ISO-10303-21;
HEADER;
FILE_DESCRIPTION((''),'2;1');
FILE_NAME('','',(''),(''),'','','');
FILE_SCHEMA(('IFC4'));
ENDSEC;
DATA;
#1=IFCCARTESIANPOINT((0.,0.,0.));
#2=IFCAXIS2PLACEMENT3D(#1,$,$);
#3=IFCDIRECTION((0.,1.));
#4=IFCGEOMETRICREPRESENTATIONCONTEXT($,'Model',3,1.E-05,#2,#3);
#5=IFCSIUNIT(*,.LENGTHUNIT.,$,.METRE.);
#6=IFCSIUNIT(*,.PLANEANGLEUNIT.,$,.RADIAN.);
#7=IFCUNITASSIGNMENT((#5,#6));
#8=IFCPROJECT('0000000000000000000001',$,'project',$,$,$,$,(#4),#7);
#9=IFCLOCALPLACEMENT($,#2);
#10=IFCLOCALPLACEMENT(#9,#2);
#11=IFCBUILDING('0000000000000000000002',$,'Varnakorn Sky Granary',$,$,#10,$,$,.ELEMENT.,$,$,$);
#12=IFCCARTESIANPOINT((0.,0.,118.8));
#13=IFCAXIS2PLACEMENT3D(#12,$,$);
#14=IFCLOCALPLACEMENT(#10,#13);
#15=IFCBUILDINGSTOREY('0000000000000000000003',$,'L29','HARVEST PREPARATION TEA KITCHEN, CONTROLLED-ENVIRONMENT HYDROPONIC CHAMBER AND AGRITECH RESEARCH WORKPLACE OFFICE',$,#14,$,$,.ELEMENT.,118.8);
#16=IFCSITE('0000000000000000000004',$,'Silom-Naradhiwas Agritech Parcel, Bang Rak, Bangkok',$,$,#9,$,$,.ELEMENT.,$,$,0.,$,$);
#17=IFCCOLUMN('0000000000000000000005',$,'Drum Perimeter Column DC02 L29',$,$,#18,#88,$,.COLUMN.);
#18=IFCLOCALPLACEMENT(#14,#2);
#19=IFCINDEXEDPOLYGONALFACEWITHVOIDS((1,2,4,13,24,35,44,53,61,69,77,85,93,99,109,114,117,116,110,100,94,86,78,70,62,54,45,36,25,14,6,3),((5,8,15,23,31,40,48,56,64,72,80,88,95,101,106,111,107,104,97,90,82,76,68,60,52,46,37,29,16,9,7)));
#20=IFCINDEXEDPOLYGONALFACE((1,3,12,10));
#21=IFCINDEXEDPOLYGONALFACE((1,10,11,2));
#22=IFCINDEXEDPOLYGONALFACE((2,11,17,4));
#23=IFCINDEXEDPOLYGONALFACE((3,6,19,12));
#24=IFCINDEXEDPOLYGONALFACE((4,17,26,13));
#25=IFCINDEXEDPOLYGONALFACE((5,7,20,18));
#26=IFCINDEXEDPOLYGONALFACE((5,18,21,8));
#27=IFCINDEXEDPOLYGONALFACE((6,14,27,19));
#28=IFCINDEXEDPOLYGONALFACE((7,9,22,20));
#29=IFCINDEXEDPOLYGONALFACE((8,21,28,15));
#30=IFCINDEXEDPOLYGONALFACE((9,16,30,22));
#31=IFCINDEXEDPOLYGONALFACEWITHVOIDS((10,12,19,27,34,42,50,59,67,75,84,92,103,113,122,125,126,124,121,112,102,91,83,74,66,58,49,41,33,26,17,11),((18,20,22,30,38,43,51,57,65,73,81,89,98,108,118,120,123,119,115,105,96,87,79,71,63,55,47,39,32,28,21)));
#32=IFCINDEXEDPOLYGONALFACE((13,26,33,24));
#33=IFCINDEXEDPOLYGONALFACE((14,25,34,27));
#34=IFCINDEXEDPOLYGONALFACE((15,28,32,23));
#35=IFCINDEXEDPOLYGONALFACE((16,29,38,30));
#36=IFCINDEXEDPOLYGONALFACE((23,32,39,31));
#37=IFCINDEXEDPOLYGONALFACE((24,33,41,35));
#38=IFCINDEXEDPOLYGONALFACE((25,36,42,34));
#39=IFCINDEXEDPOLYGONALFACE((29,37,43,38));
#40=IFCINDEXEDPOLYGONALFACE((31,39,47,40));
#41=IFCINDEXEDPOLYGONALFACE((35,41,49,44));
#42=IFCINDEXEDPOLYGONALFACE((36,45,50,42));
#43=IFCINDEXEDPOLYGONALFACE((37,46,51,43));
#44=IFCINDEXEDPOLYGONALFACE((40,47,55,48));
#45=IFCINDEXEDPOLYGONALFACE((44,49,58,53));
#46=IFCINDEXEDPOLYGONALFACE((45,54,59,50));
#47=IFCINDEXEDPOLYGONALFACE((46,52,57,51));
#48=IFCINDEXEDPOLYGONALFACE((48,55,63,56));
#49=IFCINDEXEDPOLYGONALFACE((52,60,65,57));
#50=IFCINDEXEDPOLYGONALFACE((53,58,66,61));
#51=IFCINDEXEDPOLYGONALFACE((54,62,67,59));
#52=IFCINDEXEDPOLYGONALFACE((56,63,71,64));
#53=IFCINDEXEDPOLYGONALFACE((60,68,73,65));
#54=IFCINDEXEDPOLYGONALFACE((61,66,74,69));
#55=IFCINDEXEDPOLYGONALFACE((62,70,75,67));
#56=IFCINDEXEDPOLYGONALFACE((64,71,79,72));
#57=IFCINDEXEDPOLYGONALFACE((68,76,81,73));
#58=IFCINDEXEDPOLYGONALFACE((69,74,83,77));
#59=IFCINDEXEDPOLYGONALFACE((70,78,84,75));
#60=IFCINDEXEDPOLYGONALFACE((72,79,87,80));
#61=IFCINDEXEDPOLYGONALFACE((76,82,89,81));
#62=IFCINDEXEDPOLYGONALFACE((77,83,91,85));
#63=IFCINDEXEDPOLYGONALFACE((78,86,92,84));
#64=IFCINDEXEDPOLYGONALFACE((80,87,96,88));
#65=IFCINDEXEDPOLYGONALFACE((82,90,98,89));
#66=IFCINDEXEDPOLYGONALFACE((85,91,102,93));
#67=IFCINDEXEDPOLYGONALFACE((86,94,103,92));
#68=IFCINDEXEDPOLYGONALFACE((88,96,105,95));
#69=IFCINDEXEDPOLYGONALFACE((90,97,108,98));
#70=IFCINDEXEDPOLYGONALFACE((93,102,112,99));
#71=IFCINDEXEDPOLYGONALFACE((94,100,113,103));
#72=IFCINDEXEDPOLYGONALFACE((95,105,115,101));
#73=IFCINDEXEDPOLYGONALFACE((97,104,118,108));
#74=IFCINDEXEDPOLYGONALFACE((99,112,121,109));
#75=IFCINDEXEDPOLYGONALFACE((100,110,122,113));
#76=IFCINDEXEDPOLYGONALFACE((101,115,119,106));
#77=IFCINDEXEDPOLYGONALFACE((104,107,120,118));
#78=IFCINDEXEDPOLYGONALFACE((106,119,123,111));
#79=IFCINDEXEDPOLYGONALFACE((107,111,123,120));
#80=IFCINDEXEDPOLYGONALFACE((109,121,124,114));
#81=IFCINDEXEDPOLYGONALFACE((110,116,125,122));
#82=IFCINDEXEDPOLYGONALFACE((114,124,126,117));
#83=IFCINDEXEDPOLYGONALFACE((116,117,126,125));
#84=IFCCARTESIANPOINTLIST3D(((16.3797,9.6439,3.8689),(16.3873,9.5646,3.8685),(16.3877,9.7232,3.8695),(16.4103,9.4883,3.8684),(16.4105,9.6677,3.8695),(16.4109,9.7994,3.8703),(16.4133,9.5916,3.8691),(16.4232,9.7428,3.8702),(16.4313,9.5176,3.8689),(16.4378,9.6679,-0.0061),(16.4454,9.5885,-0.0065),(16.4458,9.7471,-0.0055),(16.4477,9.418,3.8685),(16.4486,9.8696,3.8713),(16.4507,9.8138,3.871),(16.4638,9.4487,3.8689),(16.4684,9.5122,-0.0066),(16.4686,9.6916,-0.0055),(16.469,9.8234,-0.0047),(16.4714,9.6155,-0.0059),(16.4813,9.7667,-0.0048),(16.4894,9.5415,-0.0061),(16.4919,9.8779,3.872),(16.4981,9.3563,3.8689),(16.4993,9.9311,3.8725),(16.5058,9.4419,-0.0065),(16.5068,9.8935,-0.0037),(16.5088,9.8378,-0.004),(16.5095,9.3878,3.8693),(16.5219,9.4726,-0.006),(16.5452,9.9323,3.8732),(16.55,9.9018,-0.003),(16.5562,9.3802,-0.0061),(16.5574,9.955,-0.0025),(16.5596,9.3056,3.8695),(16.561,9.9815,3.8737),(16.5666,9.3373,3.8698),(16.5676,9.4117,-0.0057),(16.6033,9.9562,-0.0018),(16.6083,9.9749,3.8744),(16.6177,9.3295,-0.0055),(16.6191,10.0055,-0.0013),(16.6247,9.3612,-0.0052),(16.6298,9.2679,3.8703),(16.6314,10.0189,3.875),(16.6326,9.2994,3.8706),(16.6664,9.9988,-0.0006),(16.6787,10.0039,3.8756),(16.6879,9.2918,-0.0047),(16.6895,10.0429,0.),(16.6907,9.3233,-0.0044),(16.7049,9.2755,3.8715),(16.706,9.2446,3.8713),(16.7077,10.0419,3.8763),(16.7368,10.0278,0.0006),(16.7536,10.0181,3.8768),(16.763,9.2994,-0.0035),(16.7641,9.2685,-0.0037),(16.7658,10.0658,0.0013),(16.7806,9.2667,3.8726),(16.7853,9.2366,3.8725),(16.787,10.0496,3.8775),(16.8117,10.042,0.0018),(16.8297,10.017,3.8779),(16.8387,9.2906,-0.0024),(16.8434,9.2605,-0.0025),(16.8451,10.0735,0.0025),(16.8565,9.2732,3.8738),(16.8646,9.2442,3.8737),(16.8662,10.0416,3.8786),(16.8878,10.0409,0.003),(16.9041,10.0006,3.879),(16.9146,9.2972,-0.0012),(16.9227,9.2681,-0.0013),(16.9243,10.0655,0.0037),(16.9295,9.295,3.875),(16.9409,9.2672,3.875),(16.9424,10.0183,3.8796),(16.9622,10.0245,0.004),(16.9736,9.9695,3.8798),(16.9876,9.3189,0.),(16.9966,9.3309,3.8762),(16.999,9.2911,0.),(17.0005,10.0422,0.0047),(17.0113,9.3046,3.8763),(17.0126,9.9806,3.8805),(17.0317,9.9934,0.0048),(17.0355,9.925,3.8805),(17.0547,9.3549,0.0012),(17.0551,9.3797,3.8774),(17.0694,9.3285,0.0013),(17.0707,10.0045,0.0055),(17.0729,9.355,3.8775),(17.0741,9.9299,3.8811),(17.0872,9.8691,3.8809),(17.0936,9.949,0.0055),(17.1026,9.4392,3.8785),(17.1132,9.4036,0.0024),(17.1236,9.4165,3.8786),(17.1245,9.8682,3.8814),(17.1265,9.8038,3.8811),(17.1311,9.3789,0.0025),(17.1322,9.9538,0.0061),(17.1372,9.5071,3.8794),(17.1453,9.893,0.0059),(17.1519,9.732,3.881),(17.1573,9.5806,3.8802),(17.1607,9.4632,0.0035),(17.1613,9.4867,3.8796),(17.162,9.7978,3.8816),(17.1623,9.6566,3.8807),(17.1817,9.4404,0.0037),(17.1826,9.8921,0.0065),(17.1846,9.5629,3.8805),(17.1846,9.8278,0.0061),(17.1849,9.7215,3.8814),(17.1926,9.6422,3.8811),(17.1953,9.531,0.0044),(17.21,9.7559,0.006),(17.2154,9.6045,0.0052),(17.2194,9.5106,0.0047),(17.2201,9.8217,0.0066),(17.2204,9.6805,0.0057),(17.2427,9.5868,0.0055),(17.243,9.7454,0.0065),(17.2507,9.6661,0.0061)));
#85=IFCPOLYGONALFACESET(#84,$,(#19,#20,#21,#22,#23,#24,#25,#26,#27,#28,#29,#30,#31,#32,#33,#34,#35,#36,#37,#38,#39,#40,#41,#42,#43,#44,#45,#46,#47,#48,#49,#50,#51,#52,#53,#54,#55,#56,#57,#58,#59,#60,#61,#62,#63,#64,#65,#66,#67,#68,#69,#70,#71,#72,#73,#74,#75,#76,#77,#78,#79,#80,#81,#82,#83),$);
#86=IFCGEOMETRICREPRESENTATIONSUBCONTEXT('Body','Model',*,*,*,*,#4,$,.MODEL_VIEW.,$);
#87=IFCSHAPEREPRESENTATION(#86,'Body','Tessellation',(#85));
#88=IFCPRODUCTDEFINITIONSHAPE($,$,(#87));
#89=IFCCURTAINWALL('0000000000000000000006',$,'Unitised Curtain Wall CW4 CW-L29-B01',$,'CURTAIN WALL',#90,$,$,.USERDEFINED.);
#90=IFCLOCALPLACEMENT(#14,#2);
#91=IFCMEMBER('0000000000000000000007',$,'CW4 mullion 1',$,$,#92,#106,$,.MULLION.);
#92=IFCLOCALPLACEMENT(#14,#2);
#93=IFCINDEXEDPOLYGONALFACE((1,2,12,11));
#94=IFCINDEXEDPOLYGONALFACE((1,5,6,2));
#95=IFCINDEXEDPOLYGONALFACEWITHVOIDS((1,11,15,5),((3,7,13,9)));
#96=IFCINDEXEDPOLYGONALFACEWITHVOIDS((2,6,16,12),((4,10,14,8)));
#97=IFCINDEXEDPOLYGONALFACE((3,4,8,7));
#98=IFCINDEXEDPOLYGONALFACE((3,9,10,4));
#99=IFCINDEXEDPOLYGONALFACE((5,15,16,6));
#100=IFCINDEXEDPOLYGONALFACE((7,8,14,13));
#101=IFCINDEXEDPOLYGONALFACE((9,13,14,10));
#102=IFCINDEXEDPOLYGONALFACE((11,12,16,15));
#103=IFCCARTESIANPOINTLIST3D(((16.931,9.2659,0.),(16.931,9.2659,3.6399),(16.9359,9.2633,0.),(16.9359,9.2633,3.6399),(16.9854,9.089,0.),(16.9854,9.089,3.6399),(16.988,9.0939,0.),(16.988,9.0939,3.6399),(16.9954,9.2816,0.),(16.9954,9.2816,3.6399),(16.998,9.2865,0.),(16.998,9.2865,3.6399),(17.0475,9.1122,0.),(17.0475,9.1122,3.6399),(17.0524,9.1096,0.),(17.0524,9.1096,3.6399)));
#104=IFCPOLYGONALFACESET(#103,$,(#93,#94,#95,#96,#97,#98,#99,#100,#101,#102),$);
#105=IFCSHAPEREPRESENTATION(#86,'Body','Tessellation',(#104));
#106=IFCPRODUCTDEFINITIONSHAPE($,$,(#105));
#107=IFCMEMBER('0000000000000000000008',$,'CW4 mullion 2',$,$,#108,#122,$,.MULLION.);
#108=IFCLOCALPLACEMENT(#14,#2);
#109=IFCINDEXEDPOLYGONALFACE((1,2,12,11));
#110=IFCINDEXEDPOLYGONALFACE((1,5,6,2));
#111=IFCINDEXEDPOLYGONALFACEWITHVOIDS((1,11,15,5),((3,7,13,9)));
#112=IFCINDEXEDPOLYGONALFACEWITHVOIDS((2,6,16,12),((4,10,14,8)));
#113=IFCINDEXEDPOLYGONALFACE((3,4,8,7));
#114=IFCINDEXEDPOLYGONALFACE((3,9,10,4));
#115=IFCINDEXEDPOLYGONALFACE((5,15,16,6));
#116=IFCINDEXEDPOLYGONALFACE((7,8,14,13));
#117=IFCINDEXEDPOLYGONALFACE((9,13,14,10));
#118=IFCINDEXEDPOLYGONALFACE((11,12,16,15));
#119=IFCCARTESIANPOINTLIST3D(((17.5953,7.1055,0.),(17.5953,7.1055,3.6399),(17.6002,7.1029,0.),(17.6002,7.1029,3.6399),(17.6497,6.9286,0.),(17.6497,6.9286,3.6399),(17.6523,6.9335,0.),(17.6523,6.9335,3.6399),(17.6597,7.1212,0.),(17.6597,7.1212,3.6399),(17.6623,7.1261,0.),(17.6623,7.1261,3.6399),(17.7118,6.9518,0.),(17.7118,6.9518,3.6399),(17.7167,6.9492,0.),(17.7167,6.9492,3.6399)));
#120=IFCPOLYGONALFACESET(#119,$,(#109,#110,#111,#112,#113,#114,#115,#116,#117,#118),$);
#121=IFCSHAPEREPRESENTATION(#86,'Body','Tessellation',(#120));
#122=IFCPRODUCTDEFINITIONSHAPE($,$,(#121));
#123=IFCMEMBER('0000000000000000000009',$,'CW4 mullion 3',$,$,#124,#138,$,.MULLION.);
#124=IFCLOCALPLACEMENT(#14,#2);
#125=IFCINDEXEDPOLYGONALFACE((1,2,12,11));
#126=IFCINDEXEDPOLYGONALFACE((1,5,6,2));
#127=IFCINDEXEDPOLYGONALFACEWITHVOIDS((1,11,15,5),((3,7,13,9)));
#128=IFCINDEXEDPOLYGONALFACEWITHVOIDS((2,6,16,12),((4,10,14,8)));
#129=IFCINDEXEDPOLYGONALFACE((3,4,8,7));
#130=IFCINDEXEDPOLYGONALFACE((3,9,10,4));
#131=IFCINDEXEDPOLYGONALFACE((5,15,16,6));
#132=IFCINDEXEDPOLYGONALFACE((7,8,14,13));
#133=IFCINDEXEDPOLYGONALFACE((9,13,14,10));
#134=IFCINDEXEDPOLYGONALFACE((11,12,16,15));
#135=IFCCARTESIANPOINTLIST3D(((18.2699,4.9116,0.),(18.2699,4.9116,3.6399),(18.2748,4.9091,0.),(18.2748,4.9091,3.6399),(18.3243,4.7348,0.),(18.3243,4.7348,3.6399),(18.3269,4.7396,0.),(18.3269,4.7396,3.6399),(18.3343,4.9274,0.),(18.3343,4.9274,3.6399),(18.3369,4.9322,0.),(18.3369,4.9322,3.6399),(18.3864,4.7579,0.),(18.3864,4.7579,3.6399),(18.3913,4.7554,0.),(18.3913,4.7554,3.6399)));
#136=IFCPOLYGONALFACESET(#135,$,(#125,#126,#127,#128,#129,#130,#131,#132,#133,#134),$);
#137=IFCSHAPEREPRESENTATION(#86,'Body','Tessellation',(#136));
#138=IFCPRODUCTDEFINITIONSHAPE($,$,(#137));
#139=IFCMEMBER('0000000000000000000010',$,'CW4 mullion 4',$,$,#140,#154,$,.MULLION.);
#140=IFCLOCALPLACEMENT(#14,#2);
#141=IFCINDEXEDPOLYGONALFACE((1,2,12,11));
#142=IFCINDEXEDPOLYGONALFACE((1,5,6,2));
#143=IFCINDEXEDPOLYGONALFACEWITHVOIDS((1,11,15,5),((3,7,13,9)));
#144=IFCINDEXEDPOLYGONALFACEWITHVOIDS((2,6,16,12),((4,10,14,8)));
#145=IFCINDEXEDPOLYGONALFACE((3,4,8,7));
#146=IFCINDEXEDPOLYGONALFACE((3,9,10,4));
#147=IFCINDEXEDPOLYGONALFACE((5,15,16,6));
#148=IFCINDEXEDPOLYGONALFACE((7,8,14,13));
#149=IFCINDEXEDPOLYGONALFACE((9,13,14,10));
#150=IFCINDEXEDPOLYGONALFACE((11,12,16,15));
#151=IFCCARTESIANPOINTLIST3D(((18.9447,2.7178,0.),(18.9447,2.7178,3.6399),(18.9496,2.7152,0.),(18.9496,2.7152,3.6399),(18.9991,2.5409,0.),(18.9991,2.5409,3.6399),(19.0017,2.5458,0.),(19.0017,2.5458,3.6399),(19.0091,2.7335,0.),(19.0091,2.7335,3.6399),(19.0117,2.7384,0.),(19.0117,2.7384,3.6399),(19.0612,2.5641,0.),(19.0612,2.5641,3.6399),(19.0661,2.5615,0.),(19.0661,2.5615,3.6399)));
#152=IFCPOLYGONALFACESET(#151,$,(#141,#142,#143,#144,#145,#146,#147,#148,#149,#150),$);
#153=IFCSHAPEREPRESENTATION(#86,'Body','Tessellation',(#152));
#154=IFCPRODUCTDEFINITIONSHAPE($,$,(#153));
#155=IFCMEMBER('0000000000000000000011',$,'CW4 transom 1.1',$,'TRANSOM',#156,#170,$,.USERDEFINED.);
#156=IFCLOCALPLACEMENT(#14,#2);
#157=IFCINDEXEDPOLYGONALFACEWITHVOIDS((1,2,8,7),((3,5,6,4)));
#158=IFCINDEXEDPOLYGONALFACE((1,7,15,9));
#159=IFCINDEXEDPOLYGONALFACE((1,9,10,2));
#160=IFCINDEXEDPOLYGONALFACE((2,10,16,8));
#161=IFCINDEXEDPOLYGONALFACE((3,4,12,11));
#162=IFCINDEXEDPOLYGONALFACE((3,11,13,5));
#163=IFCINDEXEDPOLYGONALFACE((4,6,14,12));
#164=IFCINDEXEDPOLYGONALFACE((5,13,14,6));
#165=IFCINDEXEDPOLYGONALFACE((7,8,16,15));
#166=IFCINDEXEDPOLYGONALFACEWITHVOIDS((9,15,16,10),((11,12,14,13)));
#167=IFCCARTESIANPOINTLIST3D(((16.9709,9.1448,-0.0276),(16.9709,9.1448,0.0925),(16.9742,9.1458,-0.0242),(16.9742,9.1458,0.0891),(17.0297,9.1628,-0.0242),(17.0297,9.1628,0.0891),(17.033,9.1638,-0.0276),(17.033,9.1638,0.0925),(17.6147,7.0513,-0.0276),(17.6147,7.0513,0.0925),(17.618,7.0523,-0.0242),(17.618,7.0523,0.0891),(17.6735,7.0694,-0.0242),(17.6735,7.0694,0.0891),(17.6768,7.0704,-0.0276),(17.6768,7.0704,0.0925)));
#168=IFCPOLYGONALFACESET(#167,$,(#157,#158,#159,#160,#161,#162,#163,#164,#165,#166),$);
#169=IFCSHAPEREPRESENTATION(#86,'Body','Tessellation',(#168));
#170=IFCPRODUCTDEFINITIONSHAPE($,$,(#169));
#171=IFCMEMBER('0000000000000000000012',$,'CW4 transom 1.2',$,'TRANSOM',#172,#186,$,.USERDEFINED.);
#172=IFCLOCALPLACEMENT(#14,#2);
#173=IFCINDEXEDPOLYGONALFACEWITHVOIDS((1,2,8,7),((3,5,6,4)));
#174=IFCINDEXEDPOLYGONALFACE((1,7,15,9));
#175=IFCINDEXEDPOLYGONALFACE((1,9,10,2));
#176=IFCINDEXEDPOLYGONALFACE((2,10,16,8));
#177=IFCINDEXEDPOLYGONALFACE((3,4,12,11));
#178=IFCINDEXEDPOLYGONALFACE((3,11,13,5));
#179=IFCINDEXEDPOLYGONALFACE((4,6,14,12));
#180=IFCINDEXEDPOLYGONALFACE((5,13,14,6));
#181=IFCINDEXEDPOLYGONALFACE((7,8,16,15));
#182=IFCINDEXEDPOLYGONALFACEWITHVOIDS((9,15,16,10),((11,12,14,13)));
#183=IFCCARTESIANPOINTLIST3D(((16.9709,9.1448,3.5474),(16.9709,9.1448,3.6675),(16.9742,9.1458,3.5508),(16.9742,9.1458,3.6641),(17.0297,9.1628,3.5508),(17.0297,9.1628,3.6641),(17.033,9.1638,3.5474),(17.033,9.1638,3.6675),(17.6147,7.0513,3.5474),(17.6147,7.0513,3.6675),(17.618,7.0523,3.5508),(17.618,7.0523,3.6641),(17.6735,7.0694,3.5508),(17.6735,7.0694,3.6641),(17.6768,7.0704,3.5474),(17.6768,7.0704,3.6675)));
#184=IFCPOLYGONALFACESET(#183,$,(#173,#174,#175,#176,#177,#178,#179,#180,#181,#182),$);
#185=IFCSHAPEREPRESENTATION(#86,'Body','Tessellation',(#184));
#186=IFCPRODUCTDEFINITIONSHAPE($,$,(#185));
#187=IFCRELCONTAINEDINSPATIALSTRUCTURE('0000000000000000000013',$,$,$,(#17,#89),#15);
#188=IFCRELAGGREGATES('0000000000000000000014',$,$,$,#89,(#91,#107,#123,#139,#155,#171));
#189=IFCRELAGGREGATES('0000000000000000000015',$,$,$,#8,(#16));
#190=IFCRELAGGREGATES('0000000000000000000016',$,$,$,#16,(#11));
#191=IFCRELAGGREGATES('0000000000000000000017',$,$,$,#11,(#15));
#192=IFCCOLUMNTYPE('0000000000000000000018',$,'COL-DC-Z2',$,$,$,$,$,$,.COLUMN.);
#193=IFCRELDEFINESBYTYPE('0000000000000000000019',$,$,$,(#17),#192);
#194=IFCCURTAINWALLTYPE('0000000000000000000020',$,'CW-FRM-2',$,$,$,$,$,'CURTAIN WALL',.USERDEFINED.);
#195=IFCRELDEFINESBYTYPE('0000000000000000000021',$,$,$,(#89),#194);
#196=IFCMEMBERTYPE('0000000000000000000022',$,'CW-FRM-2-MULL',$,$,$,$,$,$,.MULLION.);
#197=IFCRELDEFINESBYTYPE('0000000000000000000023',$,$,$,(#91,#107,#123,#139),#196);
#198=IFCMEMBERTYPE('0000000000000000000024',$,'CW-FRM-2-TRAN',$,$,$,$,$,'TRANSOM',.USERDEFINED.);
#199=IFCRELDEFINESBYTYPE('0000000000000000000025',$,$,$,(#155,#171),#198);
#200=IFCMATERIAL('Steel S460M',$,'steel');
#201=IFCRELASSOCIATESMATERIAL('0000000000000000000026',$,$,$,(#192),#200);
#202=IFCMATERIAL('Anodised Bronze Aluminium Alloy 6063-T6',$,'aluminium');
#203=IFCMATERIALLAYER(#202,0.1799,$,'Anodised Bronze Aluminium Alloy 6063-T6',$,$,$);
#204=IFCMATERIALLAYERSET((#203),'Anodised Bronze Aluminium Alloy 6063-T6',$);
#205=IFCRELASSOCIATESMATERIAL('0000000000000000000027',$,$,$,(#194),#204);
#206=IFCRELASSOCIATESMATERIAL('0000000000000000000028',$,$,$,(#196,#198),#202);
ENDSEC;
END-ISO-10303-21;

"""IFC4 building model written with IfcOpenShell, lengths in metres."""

from ifc_helpers import new_model, si_unit, direction, frame, origin, origin_2d, place, context, subcontext, project, spatial, hollow_rectangle, hollow_circle, extrude, material, layer, layer_set, material_profile, profile_set, type_object, element, aggregate, save


model = new_model("IFC4")

# Units and contexts
model_context = context("Model", 3, precision=1e-05, world=origin(), true_north=direction((0.0, 1.0)))
body_context = subcontext(model_context, "Body", "Model", "MODEL_VIEW")
ifc_project = project(units=[si_unit("LENGTHUNIT", "METRE"), si_unit("PLANEANGLEUNIT", "RADIAN")], contexts=[model_context])

# Site, building, storey
site_placement = place(None, origin())
site = spatial("IfcSite", under=ifc_project, at=site_placement, Name="Silom-Naradhiwas Agritech Parcel, Bang Rak, Bangkok", CompositionType="ELEMENT", RefElevation=0.0)
building_placement = place(site_placement, origin())
building = spatial("IfcBuilding", under=site, at=building_placement, Name="Varnakorn Sky Granary", CompositionType="ELEMENT")
storey_placement = place(building_placement, frame((0.0, 0.0, 118.8)))
storey = spatial("IfcBuildingStorey", under=building, at=storey_placement, Name="L29", Description="HARVEST PREPARATION TEA KITCHEN, CONTROLLED-ENVIRONMENT HYDROPONIC CHAMBER AND AGRITECH RESEARCH WORKPLACE OFFICE", CompositionType="ELEMENT", Elevation=118.8)

# Column
ifc_material_1 = material(Name="Steel S460M", Category="steel")
ifc_material_profile_1 = material_profile(ifc_material_1, hollow_circle(Radius=0.4065, WallThickness=0.03, at=origin_2d()), Name="CHS 813x30")
ifc_profile_set_1 = profile_set([ifc_material_profile_1], Name="Steel S460M")
column_type = type_object("IfcColumnType", Name="COL-DC-Z2", PredefinedType="COLUMN", material=ifc_profile_set_1)
column_placement = place(storey_placement, frame((16.8442, 9.667, 0.0), z_axis=(-0.014993, -0.006174, 0.999869), x_axis=(0.38075, -0.924678, 0.0)))
element("IfcColumn", 1, at=column_placement, inside=storey, type_object=column_type, Name="Drum Perimeter Column DC02 L29", PredefinedType="COLUMN", context=body_context, shape_type="SweptSolid", body=[
    extrude(hollow_circle(Radius=0.4065, WallThickness=0.03, at=origin_2d()), origin(), (0.0, 0.0, 1.0), 3.8755),
])

# Curtain wall, members
ifc_material_2 = material(Name="Anodised Bronze Aluminium Alloy 6063-T6", Category="aluminium")
ifc_layer_1 = layer(ifc_material_2, 0.1799, Name="Anodised Bronze Aluminium Alloy 6063-T6")
ifc_layer_set_1 = layer_set([ifc_layer_1], Name="Anodised Bronze Aluminium Alloy 6063-T6")
curtain_wall_type = type_object("IfcCurtainWallType", Name="CW-FRM-2", ElementType="CURTAIN WALL", PredefinedType="USERDEFINED", material=ifc_layer_set_1)
curtain_wall_placement = place(storey_placement, origin())
curtain_wall = element("IfcCurtainWall", 2, at=curtain_wall_placement, inside=storey, type_object=curtain_wall_type, Name="Unitised Curtain Wall CW4 CW-L29-B01", ObjectType="CURTAIN WALL", PredefinedType="USERDEFINED")
ifc_material_profile_2 = material_profile(ifc_material_2, hollow_rectangle(XDim=0.0701, YDim=0.1851, WallThickness=0.0039, at=origin_2d()), Name="ALU MULL 70x185")
ifc_profile_set_2 = profile_set([ifc_material_profile_2], Name="Anodised Bronze Aluminium Alloy 6063-T6")
member_type_1 = type_object("IfcMemberType", Name="CW-FRM-2-MULL", PredefinedType="MULLION", material=ifc_profile_set_2)
member_1_placement = place(storey_placement, frame((16.9917, 9.1877, 0.0), z_axis=(0.0, 0.0, 1.0), x_axis=(0.955824, 0.29394, 0.0)))
member_1 = element("IfcMember", 3, at=member_1_placement, type_object=member_type_1, Name="CW4 mullion 1", PredefinedType="MULLION", context=body_context, shape_type="SweptSolid", body=[
    extrude(hollow_rectangle(XDim=0.0701, YDim=0.1851, WallThickness=0.0039, at=origin_2d()), origin(), (0.0, 0.0, 1.0), 3.6399),
])
member_2_placement = place(storey_placement, frame((17.656, 7.0273, 0.0), z_axis=(0.0, 0.0, 1.0), x_axis=(0.955824, 0.29394, 0.0)))
member_2 = element("IfcMember", 4, at=member_2_placement, type_object=member_type_1, Name="CW4 mullion 2", PredefinedType="MULLION", context=body_context, shape_type="SweptSolid", body=[
    extrude(hollow_rectangle(XDim=0.0701, YDim=0.1851, WallThickness=0.0039, at=origin_2d()), origin(), (0.0, 0.0, 1.0), 3.6399),
])
member_3_placement = place(storey_placement, frame((18.3306, 4.8335, 0.0), z_axis=(0.0, 0.0, 1.0), x_axis=(0.955824, 0.29394, 0.0)))
member_3 = element("IfcMember", 5, at=member_3_placement, type_object=member_type_1, Name="CW4 mullion 3", PredefinedType="MULLION", context=body_context, shape_type="SweptSolid", body=[
    extrude(hollow_rectangle(XDim=0.0701, YDim=0.1851, WallThickness=0.0039, at=origin_2d()), origin(), (0.0, 0.0, 1.0), 3.6399),
])
member_4_placement = place(storey_placement, frame((19.0054, 2.6396, 0.0), z_axis=(0.0, 0.0, 1.0), x_axis=(0.955824, 0.29394, 0.0)))
member_4 = element("IfcMember", 6, at=member_4_placement, type_object=member_type_1, Name="CW4 mullion 4", PredefinedType="MULLION", context=body_context, shape_type="SweptSolid", body=[
    extrude(hollow_rectangle(XDim=0.0701, YDim=0.1851, WallThickness=0.0039, at=origin_2d()), origin(), (0.0, 0.0, 1.0), 3.6399),
])
ifc_material_profile_3 = material_profile(ifc_material_2, hollow_rectangle(XDim=0.0649, YDim=0.1201, WallThickness=0.0034, at=origin_2d()), Name="ALU TRAN 65x120")
ifc_profile_set_3 = profile_set([ifc_material_profile_3], Name="Anodised Bronze Aluminium Alloy 6063-T6")
member_type_2 = type_object("IfcMemberType", Name="CW-FRM-2-TRAN", ElementType="TRANSOM", PredefinedType="USERDEFINED", material=ifc_profile_set_3)
member_5_placement = place(storey_placement, frame((17.002, 9.1543, 0.0325), z_axis=(0.293937, -0.955825, 0.0), x_axis=(0.955825, 0.293937, 0.0)))
member_5 = element("IfcMember", 7, at=member_5_placement, type_object=member_type_2, Name="CW4 transom 1.1", ObjectType="TRANSOM", PredefinedType="USERDEFINED", context=body_context, shape_type="SweptSolid", body=[
    extrude(hollow_rectangle(XDim=0.0649, YDim=0.1201, WallThickness=0.0034, at=origin_2d()), origin(), (0.0, 0.0, 1.0), 2.1902),
])
member_6_placement = place(storey_placement, frame((17.002, 9.1543, 3.6074), z_axis=(0.293937, -0.955825, 0.0), x_axis=(0.955825, 0.293937, 0.0)))
member_6 = element("IfcMember", 8, at=member_6_placement, type_object=member_type_2, Name="CW4 transom 1.2", ObjectType="TRANSOM", PredefinedType="USERDEFINED", context=body_context, shape_type="SweptSolid", body=[
    extrude(hollow_rectangle(XDim=0.0649, YDim=0.1201, WallThickness=0.0034, at=origin_2d()), origin(), (0.0, 0.0, 1.0), 2.1902),
])

aggregate(curtain_wall, [member_1, member_2, member_3, member_4, member_5, member_6])

save(model, "model.ifc")
